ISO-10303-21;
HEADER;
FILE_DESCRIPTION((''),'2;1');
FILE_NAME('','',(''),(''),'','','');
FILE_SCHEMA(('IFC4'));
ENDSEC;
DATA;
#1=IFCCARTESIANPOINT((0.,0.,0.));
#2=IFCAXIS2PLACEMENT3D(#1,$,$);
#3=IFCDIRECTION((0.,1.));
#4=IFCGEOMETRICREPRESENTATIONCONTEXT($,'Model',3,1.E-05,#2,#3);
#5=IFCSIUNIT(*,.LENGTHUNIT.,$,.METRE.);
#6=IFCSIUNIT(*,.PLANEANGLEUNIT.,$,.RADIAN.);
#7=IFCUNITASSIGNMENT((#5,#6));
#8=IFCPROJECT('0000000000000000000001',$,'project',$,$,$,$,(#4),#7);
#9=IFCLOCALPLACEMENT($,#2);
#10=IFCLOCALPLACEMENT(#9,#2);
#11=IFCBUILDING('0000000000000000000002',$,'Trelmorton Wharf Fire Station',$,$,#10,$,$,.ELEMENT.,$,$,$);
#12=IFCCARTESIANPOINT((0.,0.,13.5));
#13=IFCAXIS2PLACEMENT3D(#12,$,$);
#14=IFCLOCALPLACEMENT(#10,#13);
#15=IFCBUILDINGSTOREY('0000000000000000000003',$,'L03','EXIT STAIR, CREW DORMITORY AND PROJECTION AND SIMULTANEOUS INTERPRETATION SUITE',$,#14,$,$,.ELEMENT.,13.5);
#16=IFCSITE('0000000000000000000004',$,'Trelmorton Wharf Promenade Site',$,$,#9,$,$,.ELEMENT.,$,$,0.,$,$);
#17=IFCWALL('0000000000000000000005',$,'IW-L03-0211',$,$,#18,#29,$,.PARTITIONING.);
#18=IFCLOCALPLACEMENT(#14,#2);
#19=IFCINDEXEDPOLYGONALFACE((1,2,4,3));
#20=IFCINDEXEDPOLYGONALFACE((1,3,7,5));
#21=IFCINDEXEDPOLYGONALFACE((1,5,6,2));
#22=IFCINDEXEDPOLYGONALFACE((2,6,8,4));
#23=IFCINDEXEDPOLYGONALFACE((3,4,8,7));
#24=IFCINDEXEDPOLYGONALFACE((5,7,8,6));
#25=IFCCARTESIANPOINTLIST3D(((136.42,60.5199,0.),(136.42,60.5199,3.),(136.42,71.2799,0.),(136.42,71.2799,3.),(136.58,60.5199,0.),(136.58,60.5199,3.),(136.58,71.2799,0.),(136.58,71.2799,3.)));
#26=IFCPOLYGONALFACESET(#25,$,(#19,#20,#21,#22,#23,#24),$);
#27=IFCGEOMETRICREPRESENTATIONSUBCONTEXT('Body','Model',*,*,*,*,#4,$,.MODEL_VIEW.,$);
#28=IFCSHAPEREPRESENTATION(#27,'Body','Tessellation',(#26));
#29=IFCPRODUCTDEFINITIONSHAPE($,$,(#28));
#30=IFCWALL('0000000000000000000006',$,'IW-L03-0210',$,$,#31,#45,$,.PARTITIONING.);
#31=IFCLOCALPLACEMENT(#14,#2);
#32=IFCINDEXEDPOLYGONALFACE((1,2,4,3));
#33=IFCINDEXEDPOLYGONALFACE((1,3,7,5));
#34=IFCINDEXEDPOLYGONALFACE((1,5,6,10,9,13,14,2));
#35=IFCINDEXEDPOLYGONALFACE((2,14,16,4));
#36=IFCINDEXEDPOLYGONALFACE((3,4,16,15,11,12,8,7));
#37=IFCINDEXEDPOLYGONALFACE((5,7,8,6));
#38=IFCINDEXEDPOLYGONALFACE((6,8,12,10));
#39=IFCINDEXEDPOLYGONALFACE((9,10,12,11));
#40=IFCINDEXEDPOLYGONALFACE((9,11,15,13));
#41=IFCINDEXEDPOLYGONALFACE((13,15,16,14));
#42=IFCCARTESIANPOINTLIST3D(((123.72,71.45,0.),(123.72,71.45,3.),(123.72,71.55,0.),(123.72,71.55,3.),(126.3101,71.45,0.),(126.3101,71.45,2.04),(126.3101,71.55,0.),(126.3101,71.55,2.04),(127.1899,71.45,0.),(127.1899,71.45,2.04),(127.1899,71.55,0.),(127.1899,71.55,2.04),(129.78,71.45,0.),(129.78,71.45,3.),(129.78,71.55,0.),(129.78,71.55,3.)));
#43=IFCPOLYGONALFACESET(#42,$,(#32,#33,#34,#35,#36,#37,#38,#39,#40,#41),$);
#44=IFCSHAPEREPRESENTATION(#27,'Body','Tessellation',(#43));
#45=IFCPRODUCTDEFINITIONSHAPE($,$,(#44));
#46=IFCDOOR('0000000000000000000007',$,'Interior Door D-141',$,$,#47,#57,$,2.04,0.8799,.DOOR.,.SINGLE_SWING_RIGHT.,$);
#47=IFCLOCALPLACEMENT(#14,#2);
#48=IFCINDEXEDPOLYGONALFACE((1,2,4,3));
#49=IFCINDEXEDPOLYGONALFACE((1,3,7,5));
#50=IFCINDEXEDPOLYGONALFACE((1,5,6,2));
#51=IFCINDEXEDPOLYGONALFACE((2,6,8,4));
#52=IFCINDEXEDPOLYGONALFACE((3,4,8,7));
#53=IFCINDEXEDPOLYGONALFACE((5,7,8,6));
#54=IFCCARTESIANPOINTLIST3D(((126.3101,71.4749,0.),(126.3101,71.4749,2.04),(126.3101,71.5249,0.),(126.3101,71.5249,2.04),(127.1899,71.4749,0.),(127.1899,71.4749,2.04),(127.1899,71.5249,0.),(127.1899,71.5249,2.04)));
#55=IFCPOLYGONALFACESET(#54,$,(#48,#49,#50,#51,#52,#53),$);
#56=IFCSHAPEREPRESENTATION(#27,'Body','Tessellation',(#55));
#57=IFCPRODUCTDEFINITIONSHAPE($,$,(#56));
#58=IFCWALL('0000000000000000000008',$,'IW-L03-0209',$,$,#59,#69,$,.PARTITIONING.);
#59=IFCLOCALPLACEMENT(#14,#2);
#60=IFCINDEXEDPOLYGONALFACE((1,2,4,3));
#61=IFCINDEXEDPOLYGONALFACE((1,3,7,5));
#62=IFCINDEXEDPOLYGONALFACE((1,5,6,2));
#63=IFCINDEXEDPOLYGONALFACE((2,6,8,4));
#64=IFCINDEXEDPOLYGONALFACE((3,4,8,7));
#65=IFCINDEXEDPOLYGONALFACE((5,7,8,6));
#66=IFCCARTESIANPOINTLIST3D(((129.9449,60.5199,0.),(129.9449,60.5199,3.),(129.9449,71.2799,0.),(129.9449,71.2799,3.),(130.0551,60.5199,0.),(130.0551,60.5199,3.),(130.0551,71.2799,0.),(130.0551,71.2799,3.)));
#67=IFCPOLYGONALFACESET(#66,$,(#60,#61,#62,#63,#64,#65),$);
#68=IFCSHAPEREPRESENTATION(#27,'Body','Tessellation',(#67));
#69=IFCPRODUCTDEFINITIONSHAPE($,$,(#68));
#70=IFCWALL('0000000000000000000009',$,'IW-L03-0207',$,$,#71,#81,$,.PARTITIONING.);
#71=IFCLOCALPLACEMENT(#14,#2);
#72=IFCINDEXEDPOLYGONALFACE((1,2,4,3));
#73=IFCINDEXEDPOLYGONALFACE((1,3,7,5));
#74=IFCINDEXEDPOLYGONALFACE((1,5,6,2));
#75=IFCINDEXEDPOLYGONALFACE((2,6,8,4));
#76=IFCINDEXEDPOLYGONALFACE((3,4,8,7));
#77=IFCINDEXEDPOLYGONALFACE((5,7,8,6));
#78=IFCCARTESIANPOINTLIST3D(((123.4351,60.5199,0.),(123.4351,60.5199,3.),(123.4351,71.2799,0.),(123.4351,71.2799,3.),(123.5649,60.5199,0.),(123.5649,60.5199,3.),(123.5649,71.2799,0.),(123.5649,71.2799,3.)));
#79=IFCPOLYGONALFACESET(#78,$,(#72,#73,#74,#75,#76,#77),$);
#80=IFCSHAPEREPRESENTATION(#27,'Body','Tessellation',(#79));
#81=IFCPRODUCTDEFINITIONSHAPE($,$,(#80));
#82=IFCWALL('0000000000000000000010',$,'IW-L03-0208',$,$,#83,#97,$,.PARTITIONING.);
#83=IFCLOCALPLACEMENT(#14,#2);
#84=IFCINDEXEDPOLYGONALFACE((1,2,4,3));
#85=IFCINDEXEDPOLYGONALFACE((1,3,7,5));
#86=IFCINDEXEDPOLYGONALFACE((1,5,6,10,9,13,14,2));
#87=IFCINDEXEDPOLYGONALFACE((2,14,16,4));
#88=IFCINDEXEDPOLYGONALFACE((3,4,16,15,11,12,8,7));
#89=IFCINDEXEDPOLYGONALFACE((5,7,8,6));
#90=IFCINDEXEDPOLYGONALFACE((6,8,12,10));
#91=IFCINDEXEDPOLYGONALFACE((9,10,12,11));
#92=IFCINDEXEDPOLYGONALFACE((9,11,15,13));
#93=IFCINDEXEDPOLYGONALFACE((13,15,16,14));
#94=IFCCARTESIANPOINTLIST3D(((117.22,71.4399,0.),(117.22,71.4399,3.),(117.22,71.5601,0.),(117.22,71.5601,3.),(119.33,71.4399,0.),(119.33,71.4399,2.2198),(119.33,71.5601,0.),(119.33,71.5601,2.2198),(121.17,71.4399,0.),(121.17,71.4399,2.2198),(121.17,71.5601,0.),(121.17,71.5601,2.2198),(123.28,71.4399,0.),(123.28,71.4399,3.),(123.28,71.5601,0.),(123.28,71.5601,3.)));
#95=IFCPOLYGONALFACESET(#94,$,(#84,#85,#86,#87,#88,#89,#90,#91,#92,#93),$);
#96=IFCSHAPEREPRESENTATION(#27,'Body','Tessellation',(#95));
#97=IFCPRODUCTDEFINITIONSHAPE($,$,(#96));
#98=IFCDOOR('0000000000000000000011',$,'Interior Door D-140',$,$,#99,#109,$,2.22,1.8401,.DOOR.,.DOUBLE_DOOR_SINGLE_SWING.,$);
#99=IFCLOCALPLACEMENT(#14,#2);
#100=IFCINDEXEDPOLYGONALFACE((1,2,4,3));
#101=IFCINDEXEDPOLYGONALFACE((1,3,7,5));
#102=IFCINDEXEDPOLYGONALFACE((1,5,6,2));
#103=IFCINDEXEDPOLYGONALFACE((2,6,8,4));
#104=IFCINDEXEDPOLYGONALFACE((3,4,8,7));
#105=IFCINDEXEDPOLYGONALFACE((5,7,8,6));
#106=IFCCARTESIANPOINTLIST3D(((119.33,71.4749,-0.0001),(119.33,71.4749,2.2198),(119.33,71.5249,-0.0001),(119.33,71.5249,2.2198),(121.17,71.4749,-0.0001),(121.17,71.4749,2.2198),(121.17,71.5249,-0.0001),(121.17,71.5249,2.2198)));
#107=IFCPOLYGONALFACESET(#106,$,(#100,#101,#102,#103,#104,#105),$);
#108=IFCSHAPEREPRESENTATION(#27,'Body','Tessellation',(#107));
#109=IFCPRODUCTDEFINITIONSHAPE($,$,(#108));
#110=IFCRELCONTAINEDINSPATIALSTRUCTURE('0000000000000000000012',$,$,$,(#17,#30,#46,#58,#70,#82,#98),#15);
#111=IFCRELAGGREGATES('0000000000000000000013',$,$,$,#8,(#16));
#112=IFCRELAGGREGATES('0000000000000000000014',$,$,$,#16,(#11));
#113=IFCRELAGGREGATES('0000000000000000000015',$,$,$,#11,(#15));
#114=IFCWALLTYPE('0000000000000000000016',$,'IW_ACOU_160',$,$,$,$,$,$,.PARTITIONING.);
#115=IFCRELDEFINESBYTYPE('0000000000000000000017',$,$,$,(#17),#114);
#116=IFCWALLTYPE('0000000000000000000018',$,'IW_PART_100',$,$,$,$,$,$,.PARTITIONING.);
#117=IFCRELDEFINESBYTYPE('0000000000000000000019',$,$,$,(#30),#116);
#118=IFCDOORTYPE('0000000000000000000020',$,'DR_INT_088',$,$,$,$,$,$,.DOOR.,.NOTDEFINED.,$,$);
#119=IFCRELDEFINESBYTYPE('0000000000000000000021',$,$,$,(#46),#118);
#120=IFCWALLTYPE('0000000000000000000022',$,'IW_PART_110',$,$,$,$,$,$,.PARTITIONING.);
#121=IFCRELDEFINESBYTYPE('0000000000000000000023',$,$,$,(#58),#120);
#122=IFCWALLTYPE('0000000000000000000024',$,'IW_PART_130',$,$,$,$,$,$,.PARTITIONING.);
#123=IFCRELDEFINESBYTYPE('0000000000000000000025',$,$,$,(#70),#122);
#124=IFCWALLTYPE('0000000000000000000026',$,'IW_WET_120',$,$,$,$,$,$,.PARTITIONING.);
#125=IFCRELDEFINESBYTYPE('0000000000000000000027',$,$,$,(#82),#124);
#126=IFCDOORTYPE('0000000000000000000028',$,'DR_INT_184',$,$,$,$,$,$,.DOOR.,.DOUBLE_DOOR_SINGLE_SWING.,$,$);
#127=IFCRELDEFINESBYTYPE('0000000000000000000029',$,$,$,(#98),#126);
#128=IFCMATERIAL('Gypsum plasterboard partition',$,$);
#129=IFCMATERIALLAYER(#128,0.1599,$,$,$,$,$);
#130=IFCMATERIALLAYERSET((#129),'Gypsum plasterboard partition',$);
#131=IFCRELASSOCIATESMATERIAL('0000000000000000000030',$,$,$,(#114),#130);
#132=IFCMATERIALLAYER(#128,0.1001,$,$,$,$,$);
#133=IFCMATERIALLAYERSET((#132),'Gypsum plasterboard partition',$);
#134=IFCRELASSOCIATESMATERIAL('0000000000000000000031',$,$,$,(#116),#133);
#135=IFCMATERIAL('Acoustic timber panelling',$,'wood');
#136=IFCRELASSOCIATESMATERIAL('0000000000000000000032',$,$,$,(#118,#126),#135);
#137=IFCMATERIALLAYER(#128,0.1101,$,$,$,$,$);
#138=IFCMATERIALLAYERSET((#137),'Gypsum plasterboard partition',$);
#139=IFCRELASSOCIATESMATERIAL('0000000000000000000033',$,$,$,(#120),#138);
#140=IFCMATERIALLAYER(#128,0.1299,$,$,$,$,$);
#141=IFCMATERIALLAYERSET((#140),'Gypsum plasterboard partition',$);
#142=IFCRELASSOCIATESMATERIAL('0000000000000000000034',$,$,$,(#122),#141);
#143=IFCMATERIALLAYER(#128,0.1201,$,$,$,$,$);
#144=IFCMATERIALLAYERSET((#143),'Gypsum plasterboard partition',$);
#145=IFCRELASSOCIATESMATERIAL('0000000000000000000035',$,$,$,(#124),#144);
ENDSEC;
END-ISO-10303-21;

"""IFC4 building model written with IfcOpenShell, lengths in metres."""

from ifc_helpers import new_model, si_unit, direction, frame, frame_2d, origin, place, context, subcontext, project, spatial, rectangle, extrude, material, layer, layer_set, type_object, element, fill, save


model = new_model("IFC4")

# Units and contexts
model_context = context("Model", 3, precision=1e-05, world=origin(), true_north=direction((0.0, 1.0)))
body_context = subcontext(model_context, "Body", "Model", "MODEL_VIEW")
ifc_project = project(units=[si_unit("LENGTHUNIT", "METRE"), si_unit("PLANEANGLEUNIT", "RADIAN")], contexts=[model_context])

# Site, building, storey
site_placement = place(None, origin())
site = spatial("IfcSite", under=ifc_project, at=site_placement, Name="Trelmorton Wharf Promenade Site", CompositionType="ELEMENT", RefElevation=0.0)
building_placement = place(site_placement, origin())
building = spatial("IfcBuilding", under=site, at=building_placement, Name="Trelmorton Wharf Fire Station", CompositionType="ELEMENT")
storey_placement = place(building_placement, frame((0.0, 0.0, 13.5)))
storey = spatial("IfcBuildingStorey", under=building, at=storey_placement, Name="L03", Description="EXIT STAIR, CREW DORMITORY AND PROJECTION AND SIMULTANEOUS INTERPRETATION SUITE", CompositionType="ELEMENT", Elevation=13.5)

# Shared definitions
ifc_material_1 = material(Name="Gypsum plasterboard partition")

# Shared definitions
ifc_material_2 = material(Name="Acoustic timber panelling", Category="wood")

# Wall
ifc_layer_1 = layer(ifc_material_1, 0.1599)
ifc_layer_set_1 = layer_set([ifc_layer_1], Name="Gypsum plasterboard partition")
wall_type_1 = type_object("IfcWallType", Name="IW_ACOU_160", PredefinedType="PARTITIONING", material=ifc_layer_set_1)
wall_1_placement = place(storey_placement, frame((136.5, 60.52, 0.0), z_axis=(0.0, 0.0, 1.0), x_axis=(0.0, 1.0, 0.0)))
element("IfcWall", 1, at=wall_1_placement, inside=storey, type_object=wall_type_1, Name="IW-L03-0211", PredefinedType="PARTITIONING", context=body_context, shape_type="SweptSolid", body=[
    extrude(rectangle(XDim=10.76, YDim=0.1599, at=frame_2d((5.3799, 0.0))), origin(), (0.0, 0.0, 1.0), 3.0),
])

# Wall, opening, door
ifc_layer_2 = layer(ifc_material_1, 0.1001)
ifc_layer_set_2 = layer_set([ifc_layer_2], Name="Gypsum plasterboard partition")
wall_type_2 = type_object("IfcWallType", Name="IW_PART_100", PredefinedType="PARTITIONING", material=ifc_layer_set_2)
wall_2_placement = place(storey_placement, frame((123.72, 71.5, 0.0), z_axis=(0.0, 0.0, 1.0), x_axis=(1.0, 0.0, 0.0)))
wall_2 = element("IfcWall", 2, at=wall_2_placement, inside=storey, type_object=wall_type_2, Name="IW-L03-0210", PredefinedType="PARTITIONING", context=body_context, shape_type="SweptSolid", body=[
    extrude(rectangle(XDim=6.0601, YDim=0.1001, at=frame_2d((3.03, 0.0))), origin(), (0.0, 0.0, 1.0), 3.0),
])
opening_1_placement = place(wall_2_placement, frame((2.5901, 0.0, 0.0)))
opening_1 = element("IfcOpeningElement", 3, at=opening_1_placement, cuts=wall_2, PredefinedType="OPENING", context=body_context, shape_type="SweptSolid", body=[
    extrude(rectangle(XDim=0.8799, YDim=2.04, at=frame_2d((0.4399, 1.02))), frame((0.0, 0.0601, 0.0), z_axis=(0.0, -1.0, 0.0), x_axis=(1.0, 0.0, 0.0)), (0.0, 0.0, 1.0), 0.1201),
])
door_type_1 = type_object("IfcDoorType", Name="DR_INT_088", OperationType="NOTDEFINED", PredefinedType="DOOR", material=ifc_material_2)
door_1_placement = place(opening_1_placement, origin())
door_1 = element("IfcDoor", 4, at=door_1_placement, inside=storey, type_object=door_type_1, Name="Interior Door D-141", OperationType="SINGLE_SWING_RIGHT", OverallHeight=2.04, OverallWidth=0.8799, PredefinedType="DOOR", context=body_context, shape_type="SweptSolid", body=[
    extrude(rectangle(XDim=0.8799, YDim=2.04, at=frame_2d((0.4399, 1.02))), frame((0.0, 0.0249, 0.0), z_axis=(0.0, -1.0, 0.0), x_axis=(1.0, 0.0, 0.0)), (0.0, 0.0, 1.0), 0.05),
])
fill(opening_1, door_1)

# Walls
ifc_layer_3 = layer(ifc_material_1, 0.1101)
ifc_layer_set_3 = layer_set([ifc_layer_3], Name="Gypsum plasterboard partition")
wall_type_3 = type_object("IfcWallType", Name="IW_PART_110", PredefinedType="PARTITIONING", material=ifc_layer_set_3)
wall_3_placement = place(storey_placement, frame((130.0, 60.52, 0.0), z_axis=(0.0, 0.0, 1.0), x_axis=(0.0, 1.0, 0.0)))
element("IfcWall", 5, at=wall_3_placement, inside=storey, type_object=wall_type_3, Name="IW-L03-0209", PredefinedType="PARTITIONING", context=body_context, shape_type="SweptSolid", body=[
    extrude(rectangle(XDim=10.76, YDim=0.1101, at=frame_2d((5.3799, 0.0))), origin(), (0.0, 0.0, 1.0), 3.0),
])
ifc_layer_4 = layer(ifc_material_1, 0.1299)
ifc_layer_set_4 = layer_set([ifc_layer_4], Name="Gypsum plasterboard partition")
wall_type_4 = type_object("IfcWallType", Name="IW_PART_130", PredefinedType="PARTITIONING", material=ifc_layer_set_4)
wall_4_placement = place(storey_placement, frame((123.5, 60.52, 0.0), z_axis=(0.0, 0.0, 1.0), x_axis=(0.0, 1.0, 0.0)))
element("IfcWall", 6, at=wall_4_placement, inside=storey, type_object=wall_type_4, Name="IW-L03-0207", PredefinedType="PARTITIONING", context=body_context, shape_type="SweptSolid", body=[
    extrude(rectangle(XDim=10.76, YDim=0.1299, at=frame_2d((5.3799, 0.0))), origin(), (0.0, 0.0, 1.0), 3.0),
])

# Wall, opening, door
ifc_layer_5 = layer(ifc_material_1, 0.1201)
ifc_layer_set_5 = layer_set([ifc_layer_5], Name="Gypsum plasterboard partition")
wall_type_5 = type_object("IfcWallType", Name="IW_WET_120", PredefinedType="PARTITIONING", material=ifc_layer_set_5)
wall_5_placement = place(storey_placement, frame((117.22, 71.5, 0.0), z_axis=(0.0, 0.0, 1.0), x_axis=(1.0, 0.0, 0.0)))
wall_5 = element("IfcWall", 7, at=wall_5_placement, inside=storey, type_object=wall_type_5, Name="IW-L03-0208", PredefinedType="PARTITIONING", context=body_context, shape_type="SweptSolid", body=[
    extrude(rectangle(XDim=6.0601, YDim=0.1201, at=frame_2d((3.03, 0.0))), origin(), (0.0, 0.0, 1.0), 3.0),
])
opening_2_placement = place(wall_5_placement, frame((2.1101, 0.0, 0.0)))
opening_2 = element("IfcOpeningElement", 8, at=opening_2_placement, cuts=wall_5, PredefinedType="OPENING", context=body_context, shape_type="SweptSolid", body=[
    extrude(rectangle(XDim=1.8401, YDim=2.22, at=frame_2d((0.9199, 1.1099))), frame((0.0, 0.0701, 0.0), z_axis=(0.0, -1.0, 0.0), x_axis=(1.0, 0.0, 0.0)), (0.0, 0.0, 1.0), 0.1401),
])
door_type_2 = type_object("IfcDoorType", Name="DR_INT_184", OperationType="DOUBLE_DOOR_SINGLE_SWING", PredefinedType="DOOR", material=ifc_material_2)
door_2_placement = place(opening_2_placement, origin())
door_2 = element("IfcDoor", 9, at=door_2_placement, inside=storey, type_object=door_type_2, Name="Interior Door D-140", OperationType="DOUBLE_DOOR_SINGLE_SWING", OverallHeight=2.22, OverallWidth=1.8401, PredefinedType="DOOR", context=body_context, shape_type="SweptSolid", body=[
    extrude(rectangle(XDim=1.8401, YDim=2.22, at=frame_2d((0.9199, 1.1099))), frame((0.0, 0.0249, 0.0), z_axis=(0.0, -1.0, 0.0), x_axis=(1.0, 0.0, 0.0)), (0.0, 0.0, 1.0), 0.05),
])
fill(opening_2, door_2)

save(model, "model.ifc")
